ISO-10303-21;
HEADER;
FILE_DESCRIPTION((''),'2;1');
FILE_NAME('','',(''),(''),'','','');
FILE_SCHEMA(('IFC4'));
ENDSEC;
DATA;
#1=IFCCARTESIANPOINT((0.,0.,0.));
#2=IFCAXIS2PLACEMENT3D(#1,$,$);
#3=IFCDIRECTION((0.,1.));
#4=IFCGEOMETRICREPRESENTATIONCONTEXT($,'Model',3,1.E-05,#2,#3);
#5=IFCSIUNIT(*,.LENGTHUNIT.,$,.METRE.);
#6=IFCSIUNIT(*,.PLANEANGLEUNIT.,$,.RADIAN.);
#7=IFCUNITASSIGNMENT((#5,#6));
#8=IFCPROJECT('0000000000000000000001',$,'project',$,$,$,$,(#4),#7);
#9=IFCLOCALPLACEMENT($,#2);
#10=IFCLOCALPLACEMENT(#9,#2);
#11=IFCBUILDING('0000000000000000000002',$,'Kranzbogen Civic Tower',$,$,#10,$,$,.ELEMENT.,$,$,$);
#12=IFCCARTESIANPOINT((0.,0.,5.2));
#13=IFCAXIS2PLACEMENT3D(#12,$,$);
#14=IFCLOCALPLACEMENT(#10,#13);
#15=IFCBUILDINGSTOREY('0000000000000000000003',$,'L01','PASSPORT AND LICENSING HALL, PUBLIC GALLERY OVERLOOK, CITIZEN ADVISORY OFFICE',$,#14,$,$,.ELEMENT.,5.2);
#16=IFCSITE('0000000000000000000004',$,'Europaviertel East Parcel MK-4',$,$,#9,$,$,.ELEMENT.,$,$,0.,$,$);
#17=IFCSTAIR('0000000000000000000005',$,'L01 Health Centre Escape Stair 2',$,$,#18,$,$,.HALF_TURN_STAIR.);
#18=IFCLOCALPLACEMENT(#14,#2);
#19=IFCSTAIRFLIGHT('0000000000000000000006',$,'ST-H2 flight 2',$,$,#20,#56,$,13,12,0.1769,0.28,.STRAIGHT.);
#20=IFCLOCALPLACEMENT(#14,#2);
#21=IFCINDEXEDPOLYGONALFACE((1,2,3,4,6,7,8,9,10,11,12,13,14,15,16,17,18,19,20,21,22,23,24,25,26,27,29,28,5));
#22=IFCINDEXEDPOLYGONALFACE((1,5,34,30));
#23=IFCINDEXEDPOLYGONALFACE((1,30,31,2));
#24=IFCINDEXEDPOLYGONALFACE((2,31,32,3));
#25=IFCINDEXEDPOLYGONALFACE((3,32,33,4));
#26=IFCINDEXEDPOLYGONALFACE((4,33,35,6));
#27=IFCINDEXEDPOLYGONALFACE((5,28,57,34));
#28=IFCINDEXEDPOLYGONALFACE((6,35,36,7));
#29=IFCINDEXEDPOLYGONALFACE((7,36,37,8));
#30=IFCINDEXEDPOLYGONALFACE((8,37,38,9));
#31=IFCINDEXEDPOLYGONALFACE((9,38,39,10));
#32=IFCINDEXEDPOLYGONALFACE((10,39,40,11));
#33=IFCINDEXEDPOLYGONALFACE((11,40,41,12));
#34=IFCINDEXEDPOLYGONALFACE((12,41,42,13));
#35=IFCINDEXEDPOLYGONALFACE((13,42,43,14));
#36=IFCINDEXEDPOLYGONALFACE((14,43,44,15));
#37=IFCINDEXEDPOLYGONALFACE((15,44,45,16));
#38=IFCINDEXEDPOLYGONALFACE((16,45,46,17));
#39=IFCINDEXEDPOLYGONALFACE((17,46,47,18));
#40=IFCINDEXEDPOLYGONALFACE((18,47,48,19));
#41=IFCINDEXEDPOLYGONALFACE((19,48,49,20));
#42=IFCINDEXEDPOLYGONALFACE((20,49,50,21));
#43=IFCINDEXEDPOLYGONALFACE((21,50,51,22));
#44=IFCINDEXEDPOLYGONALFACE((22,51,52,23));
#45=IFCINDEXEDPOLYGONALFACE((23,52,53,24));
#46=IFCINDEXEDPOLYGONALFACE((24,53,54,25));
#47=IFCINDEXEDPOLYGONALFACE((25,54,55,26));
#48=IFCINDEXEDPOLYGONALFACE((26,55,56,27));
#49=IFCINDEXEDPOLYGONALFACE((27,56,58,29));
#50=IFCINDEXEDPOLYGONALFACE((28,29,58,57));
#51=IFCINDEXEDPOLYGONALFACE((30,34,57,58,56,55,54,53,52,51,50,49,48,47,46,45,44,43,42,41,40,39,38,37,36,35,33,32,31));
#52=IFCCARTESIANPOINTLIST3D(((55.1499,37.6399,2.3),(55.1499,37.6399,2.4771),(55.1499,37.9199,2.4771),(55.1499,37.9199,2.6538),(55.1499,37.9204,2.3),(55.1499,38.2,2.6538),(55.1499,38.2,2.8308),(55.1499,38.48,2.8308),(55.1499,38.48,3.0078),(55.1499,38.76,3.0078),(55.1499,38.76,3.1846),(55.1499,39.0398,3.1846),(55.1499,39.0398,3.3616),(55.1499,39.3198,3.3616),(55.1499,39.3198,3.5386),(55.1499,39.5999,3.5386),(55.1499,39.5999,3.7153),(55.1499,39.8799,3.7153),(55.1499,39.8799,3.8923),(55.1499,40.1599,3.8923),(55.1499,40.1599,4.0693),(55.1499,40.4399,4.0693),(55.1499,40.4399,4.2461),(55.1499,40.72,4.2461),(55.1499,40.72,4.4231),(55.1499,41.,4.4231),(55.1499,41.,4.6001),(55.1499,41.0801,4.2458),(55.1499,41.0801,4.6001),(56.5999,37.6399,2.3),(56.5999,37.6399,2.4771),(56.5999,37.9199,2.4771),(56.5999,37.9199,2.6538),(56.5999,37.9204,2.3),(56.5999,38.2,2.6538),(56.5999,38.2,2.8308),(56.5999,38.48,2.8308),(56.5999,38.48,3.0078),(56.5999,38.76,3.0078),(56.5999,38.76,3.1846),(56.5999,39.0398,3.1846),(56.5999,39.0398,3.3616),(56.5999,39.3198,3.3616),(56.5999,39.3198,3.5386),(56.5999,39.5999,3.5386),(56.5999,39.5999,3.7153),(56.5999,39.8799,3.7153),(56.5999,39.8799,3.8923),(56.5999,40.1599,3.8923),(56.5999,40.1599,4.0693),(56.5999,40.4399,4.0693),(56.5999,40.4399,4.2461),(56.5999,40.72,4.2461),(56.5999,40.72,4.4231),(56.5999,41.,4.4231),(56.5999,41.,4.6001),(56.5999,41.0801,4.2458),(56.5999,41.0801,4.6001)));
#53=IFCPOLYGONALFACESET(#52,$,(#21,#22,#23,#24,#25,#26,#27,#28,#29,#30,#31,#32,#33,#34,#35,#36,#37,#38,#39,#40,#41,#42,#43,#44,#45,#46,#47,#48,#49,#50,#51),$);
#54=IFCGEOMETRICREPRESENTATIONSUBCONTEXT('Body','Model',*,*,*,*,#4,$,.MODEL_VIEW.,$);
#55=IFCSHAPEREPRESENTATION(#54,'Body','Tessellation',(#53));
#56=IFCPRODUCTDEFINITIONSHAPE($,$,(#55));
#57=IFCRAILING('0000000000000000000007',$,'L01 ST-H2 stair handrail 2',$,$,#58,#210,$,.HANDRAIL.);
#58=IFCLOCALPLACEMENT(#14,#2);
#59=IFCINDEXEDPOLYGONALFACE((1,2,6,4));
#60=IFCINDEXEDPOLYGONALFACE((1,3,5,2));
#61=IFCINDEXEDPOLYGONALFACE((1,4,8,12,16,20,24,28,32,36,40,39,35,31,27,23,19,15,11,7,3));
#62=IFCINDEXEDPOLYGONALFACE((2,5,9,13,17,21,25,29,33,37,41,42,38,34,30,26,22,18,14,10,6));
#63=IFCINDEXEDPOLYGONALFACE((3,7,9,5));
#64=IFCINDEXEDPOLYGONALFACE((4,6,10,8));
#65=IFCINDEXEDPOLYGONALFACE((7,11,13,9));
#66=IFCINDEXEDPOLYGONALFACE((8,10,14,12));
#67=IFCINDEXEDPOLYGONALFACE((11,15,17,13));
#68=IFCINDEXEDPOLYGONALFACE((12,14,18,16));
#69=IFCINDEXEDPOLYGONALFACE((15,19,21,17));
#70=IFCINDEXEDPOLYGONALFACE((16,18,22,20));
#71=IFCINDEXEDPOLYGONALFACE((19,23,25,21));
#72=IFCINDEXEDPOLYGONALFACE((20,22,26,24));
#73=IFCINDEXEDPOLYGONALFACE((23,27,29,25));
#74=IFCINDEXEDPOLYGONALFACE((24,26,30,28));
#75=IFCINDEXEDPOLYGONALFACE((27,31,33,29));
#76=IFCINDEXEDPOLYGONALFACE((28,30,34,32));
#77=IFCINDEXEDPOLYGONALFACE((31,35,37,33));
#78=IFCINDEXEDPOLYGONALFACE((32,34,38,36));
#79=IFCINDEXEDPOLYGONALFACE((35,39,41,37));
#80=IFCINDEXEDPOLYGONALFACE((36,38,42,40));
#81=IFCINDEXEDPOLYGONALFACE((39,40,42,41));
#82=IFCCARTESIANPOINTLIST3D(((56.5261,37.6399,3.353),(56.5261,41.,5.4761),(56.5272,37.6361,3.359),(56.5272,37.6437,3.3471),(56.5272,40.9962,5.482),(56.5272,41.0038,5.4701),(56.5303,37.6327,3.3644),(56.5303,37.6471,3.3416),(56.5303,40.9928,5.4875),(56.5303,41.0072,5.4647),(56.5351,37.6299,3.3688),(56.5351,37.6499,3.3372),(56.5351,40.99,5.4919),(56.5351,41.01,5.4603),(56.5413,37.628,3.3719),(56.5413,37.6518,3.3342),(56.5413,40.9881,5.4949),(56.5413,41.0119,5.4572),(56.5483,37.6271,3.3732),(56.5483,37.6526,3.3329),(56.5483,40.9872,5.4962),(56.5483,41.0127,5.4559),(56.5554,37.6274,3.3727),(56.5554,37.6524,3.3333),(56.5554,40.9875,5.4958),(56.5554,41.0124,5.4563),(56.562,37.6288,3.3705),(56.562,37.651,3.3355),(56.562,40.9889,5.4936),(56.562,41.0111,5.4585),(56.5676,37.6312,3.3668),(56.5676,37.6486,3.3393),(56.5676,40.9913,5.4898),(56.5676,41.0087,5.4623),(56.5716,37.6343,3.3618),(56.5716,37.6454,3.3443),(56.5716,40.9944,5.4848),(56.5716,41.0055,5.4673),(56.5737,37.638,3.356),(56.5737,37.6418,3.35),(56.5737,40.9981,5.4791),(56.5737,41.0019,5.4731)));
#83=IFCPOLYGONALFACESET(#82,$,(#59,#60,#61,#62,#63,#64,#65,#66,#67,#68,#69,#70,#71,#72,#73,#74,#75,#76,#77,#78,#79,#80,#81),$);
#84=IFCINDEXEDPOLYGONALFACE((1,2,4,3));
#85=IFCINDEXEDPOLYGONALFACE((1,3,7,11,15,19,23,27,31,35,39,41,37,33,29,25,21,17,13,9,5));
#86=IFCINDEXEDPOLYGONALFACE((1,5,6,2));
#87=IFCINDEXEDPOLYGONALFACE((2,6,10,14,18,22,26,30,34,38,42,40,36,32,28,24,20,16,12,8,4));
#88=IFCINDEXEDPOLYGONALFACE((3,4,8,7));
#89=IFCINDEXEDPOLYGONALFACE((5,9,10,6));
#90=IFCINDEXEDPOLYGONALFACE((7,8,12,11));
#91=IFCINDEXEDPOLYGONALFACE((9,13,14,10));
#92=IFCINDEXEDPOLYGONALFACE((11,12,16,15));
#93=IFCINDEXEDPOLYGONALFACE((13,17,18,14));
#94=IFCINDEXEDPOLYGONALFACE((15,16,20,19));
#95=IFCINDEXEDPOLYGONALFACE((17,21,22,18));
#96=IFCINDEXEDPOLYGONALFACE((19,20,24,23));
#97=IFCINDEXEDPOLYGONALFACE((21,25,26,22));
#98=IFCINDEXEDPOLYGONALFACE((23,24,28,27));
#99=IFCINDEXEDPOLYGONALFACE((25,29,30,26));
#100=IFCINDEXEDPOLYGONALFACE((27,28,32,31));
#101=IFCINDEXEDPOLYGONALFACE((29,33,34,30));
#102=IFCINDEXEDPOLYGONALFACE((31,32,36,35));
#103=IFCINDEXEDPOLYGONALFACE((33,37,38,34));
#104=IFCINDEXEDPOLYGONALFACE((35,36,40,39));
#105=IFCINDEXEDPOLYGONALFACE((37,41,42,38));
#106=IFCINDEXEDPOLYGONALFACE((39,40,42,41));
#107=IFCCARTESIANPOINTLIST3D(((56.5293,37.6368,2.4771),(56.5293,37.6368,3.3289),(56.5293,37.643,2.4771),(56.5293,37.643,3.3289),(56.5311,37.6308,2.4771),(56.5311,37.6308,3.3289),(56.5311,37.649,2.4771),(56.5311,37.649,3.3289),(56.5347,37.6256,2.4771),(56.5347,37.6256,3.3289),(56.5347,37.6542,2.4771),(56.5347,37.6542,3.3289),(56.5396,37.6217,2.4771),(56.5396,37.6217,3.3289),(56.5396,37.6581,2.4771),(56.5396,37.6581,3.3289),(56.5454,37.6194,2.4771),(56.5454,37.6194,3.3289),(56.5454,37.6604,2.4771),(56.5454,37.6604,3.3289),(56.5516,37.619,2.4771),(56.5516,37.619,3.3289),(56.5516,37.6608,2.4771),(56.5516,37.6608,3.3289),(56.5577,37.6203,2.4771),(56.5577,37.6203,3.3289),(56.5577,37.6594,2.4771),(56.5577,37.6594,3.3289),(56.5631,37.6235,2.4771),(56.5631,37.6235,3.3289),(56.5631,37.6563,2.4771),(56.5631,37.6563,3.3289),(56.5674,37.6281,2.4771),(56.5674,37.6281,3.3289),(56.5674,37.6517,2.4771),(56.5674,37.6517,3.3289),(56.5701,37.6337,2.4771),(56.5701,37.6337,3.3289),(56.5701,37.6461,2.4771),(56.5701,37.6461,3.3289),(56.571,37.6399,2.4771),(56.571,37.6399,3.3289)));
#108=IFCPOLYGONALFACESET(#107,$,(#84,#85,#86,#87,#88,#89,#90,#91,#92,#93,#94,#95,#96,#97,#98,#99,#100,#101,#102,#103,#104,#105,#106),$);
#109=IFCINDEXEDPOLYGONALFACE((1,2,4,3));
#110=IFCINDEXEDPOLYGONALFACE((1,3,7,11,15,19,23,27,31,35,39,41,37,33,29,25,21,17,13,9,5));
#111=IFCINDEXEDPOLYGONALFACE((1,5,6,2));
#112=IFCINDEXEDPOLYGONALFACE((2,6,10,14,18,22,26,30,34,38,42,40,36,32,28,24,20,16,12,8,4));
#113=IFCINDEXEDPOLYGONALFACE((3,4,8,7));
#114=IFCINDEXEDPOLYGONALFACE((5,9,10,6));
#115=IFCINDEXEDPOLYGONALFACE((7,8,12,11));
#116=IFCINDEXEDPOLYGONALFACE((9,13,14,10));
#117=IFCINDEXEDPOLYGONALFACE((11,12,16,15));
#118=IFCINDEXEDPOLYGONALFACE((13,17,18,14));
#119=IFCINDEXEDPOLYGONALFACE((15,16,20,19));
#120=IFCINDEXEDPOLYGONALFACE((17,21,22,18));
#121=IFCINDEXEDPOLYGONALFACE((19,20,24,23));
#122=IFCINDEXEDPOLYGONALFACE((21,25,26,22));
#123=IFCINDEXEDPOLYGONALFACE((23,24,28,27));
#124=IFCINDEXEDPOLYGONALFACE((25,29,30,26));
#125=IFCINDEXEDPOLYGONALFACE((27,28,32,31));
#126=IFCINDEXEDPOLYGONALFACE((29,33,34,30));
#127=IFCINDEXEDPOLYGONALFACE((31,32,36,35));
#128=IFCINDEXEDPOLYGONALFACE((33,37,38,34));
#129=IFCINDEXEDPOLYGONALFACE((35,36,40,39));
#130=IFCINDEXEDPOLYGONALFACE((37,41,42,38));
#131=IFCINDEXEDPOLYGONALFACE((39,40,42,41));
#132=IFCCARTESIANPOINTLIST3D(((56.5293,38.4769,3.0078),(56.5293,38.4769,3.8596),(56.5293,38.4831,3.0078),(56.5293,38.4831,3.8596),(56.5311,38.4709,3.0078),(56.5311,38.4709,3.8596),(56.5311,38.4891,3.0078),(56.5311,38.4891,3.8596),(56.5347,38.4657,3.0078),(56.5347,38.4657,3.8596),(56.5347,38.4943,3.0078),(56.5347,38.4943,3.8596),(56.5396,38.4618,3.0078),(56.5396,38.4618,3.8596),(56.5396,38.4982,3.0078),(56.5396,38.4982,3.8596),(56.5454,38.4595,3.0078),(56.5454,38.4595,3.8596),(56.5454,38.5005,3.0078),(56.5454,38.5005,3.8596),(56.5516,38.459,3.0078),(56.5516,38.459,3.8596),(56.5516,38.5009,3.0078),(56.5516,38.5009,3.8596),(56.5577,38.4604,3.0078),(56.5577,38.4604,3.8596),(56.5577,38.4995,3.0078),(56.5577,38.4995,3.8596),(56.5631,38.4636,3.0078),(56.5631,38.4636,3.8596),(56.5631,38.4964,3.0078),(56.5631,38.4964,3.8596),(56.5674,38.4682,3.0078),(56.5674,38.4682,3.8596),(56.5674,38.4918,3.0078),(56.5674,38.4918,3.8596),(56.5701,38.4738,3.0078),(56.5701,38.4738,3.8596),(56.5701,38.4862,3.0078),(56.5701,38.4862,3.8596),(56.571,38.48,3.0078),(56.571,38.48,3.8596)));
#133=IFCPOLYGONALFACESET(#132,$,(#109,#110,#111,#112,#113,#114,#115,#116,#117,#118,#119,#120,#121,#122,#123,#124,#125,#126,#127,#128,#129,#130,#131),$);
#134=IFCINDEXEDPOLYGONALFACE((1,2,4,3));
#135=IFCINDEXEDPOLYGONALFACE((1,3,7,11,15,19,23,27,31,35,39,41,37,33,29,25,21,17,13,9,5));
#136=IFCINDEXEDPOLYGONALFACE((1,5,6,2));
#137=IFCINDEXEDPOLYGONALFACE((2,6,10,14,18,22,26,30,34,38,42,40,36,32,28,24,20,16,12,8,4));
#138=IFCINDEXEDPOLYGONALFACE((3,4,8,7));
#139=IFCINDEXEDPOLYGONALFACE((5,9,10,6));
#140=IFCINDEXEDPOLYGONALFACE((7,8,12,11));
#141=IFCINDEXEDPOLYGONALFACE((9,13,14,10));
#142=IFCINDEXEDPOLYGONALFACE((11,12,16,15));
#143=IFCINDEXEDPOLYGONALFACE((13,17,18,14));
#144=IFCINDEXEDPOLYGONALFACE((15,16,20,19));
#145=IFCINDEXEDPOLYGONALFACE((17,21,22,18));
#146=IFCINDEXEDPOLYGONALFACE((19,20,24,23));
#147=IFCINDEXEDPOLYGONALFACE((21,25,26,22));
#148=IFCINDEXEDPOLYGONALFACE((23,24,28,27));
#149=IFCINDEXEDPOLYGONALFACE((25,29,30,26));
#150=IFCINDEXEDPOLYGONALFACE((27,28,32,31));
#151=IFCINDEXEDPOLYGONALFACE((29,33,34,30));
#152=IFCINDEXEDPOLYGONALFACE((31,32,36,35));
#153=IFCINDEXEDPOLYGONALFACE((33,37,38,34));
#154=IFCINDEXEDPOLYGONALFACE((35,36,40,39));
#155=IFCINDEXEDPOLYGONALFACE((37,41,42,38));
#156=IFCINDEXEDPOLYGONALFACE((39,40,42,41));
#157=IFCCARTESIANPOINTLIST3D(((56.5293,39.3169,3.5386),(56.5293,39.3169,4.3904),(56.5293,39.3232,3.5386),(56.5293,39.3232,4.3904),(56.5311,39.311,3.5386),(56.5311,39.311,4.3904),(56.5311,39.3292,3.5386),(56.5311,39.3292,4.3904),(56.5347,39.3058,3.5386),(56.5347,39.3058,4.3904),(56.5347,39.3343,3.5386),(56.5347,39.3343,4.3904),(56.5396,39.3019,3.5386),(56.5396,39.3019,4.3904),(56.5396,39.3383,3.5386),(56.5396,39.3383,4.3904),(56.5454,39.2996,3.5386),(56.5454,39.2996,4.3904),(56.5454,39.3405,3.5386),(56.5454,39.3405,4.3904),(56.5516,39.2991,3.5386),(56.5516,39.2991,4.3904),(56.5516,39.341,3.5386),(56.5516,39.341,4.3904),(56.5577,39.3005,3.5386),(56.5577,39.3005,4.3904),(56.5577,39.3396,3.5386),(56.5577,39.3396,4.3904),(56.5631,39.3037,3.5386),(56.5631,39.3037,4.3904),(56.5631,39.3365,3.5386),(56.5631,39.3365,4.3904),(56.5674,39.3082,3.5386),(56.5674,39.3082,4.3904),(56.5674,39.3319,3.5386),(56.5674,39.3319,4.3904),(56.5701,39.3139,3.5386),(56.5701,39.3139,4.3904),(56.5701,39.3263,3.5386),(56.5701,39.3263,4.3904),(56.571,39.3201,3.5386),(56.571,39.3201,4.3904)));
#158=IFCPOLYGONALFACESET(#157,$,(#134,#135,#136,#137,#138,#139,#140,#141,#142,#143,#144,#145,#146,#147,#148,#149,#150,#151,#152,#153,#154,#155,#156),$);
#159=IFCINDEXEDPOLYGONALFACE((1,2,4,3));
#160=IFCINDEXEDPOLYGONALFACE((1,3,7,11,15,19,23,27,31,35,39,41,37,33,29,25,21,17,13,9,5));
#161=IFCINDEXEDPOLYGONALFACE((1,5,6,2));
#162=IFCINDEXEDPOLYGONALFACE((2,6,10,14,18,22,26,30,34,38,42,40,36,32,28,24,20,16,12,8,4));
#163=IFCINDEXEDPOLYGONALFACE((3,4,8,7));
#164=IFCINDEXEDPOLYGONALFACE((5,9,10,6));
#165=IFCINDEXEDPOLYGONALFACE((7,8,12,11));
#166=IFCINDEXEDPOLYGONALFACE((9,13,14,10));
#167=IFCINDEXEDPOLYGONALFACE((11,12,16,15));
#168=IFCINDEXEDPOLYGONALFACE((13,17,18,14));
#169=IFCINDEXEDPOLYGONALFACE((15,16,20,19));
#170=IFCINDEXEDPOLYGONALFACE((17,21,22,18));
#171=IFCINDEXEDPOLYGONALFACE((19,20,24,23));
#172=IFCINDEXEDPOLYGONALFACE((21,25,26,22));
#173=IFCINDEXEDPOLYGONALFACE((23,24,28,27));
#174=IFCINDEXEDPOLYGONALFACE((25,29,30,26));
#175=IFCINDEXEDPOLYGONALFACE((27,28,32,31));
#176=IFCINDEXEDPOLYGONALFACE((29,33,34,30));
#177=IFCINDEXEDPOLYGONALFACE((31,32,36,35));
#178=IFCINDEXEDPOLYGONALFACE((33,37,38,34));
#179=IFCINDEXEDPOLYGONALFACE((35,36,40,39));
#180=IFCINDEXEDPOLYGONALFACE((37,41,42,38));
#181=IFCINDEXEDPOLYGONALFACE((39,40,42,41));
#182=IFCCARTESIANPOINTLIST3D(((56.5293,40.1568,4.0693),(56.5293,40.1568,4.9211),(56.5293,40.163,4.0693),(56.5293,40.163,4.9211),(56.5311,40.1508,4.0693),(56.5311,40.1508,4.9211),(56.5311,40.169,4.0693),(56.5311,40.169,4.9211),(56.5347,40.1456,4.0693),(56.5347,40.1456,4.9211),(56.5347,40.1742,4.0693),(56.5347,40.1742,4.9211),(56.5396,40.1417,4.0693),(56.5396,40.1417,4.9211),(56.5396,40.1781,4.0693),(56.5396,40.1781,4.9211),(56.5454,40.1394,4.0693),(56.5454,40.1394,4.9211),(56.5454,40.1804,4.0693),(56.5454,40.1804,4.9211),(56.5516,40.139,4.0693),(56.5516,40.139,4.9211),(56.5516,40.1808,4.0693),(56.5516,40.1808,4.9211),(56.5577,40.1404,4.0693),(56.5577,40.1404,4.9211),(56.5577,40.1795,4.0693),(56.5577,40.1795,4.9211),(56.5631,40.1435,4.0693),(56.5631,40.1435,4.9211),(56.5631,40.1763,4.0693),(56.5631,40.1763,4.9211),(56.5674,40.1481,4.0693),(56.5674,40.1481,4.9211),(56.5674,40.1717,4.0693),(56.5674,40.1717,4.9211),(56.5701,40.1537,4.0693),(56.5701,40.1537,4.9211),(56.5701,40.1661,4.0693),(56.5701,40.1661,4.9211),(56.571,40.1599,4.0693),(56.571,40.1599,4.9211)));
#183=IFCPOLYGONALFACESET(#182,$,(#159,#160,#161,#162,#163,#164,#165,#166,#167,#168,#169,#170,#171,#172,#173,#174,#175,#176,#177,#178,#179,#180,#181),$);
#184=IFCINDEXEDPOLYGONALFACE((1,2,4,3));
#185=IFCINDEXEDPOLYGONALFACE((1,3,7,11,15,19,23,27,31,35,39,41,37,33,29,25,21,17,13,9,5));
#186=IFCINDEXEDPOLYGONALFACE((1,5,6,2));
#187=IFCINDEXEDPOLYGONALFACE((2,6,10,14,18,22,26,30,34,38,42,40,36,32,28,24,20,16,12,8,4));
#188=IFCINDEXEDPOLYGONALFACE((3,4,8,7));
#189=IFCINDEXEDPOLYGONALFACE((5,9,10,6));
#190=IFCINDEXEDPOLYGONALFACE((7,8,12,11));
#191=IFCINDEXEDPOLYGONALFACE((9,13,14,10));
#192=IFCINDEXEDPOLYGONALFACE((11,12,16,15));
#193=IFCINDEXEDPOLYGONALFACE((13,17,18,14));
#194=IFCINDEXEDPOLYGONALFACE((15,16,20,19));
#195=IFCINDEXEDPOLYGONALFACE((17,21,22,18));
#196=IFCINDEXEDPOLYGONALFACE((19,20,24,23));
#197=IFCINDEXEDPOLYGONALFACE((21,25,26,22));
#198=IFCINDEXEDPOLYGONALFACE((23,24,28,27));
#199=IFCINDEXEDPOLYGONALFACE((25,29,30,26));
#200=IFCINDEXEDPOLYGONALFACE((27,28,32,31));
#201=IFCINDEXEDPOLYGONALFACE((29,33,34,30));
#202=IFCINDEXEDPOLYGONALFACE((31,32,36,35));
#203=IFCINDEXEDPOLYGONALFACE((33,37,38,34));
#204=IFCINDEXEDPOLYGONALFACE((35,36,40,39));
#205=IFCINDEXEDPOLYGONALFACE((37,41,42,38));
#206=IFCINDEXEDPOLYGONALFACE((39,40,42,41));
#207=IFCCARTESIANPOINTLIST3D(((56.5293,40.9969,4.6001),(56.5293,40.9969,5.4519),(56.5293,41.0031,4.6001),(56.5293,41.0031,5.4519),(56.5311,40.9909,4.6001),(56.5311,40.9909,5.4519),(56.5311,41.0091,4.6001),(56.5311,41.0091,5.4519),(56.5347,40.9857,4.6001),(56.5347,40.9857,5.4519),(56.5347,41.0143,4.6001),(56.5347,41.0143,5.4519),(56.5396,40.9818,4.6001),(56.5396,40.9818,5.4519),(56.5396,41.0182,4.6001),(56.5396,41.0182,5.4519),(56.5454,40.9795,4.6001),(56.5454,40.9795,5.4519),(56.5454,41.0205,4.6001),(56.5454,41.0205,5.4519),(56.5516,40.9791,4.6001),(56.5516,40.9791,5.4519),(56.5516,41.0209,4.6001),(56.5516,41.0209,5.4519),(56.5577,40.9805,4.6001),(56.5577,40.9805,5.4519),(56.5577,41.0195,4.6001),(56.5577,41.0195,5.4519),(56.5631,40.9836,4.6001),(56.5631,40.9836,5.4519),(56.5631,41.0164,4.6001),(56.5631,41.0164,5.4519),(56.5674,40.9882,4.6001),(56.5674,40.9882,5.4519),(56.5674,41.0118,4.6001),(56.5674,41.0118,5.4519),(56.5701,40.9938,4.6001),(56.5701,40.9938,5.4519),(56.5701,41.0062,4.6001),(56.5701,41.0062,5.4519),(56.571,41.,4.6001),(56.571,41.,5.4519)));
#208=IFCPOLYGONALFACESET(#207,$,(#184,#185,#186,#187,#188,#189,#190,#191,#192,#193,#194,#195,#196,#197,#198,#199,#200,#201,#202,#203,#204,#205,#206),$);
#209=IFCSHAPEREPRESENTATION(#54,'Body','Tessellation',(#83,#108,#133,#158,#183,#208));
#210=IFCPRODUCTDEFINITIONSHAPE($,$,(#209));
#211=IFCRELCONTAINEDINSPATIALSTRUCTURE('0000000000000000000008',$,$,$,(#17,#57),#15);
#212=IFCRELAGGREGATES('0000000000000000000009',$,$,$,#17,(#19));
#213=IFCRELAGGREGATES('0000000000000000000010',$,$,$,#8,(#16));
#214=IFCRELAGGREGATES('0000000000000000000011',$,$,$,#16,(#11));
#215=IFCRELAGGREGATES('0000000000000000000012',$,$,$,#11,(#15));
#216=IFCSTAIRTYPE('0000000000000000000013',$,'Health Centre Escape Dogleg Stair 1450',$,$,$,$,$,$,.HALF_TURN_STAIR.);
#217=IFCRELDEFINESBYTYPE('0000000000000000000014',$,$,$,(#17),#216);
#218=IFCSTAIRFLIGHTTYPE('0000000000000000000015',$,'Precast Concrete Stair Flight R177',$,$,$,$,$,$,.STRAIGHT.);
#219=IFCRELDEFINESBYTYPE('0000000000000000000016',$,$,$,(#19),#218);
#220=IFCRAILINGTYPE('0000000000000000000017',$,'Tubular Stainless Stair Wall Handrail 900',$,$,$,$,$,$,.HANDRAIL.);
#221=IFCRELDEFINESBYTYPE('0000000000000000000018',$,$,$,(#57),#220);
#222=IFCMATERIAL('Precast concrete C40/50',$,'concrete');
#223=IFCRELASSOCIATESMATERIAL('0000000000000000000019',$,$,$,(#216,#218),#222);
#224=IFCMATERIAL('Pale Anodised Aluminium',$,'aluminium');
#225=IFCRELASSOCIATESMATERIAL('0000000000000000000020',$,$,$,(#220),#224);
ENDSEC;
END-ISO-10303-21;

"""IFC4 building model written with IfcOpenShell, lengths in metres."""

from ifc_helpers import new_model, si_unit, direction, frame, origin, origin_2d, place, context, subcontext, project, spatial, polyline, circle, outline, extrude, material, type_object, element, aggregate, save


model = new_model("IFC4")

# Units and contexts
model_context = context("Model", 3, precision=1e-05, world=origin(), true_north=direction((0.0, 1.0)))
body_context = subcontext(model_context, "Body", "Model", "MODEL_VIEW")
ifc_project = project(units=[si_unit("LENGTHUNIT", "METRE"), si_unit("PLANEANGLEUNIT", "RADIAN")], contexts=[model_context])

# Site, building, storey
site_placement = place(None, origin())
site = spatial("IfcSite", under=ifc_project, at=site_placement, Name="Europaviertel East Parcel MK-4", CompositionType="ELEMENT", RefElevation=0.0)
building_placement = place(site_placement, origin())
building = spatial("IfcBuilding", under=site, at=building_placement, Name="Kranzbogen Civic Tower", CompositionType="ELEMENT")
storey_placement = place(building_placement, frame((0.0, 0.0, 5.2)))
storey = spatial("IfcBuildingStorey", under=building, at=storey_placement, Name="L01", Description="PASSPORT AND LICENSING HALL, PUBLIC GALLERY OVERLOOK, CITIZEN ADVISORY OFFICE", CompositionType="ELEMENT", Elevation=5.2)

# Shared definitions
ifc_material_1 = material(Name="Pale Anodised Aluminium", Category="aluminium")

# Stair, stair flight
ifc_material_2 = material(Name="Precast concrete C40/50", Category="concrete")
stair_type = type_object("IfcStairType", Name="Health Centre Escape Dogleg Stair 1450", PredefinedType="HALF_TURN_STAIR", material=ifc_material_2)
stair_placement = place(storey_placement, origin())
stair = element("IfcStair", 1, at=stair_placement, inside=storey, type_object=stair_type, Name="L01 Health Centre Escape Stair 2", PredefinedType="HALF_TURN_STAIR")
stair_flight_type = type_object("IfcStairFlightType", Name="Precast Concrete Stair Flight R177", PredefinedType="STRAIGHT", material=ifc_material_2)
stair_flight_placement = place(storey_placement, frame((55.875, 37.6399, 2.3), z_axis=(0.0, 0.0, 1.0), x_axis=(0.0, 1.0, 0.0)))
stair_flight = element("IfcStairFlight", 2, at=stair_flight_placement, type_object=stair_flight_type, Name="ST-H2 flight 2", NumberOfRisers=13, NumberOfTreads=12, PredefinedType="STRAIGHT", RiserHeight=0.1769, TreadLength=0.28, context=body_context, shape_type="SweptSolid", body=[
    extrude(outline(polyline([(0.0, 0.0), (0.0, 0.177), (0.28, 0.177), (0.28, 0.3538), (0.5601, 0.3538), (0.5601, 0.5308), (0.8401, 0.5308), (0.8401, 0.7078), (1.1201, 0.7078), (1.1201, 0.8845), (1.3999, 0.8845), (1.3999, 1.0615), (1.6799, 1.0615), (1.6799, 1.2385), (1.96, 1.2385), (1.96, 1.4153), (2.24, 1.4153), (2.24, 1.5923), (2.52, 1.5923), (2.52, 1.7693), (2.8, 1.7693), (2.8, 1.946), (3.0801, 1.946), (3.0801, 2.123), (3.3601, 2.123), (3.3601, 2.3), (3.4402, 2.3), (3.4402, 1.9458), (0.2805, 0.0), (0.0, 0.0)])), frame((0.0, 0.7251, 0.0), z_axis=(0.0, -1.0, 0.0), x_axis=(1.0, 0.0, 0.0)), (0.0, 0.0, 1.0), 1.45),
])
aggregate(stair, [stair_flight])

# Railing
railing_type = type_object("IfcRailingType", Name="Tubular Stainless Stair Wall Handrail 900", PredefinedType="HANDRAIL", material=ifc_material_1)
railing_placement = place(storey_placement, frame((56.55, 37.6399, 2.4771)))
element("IfcRailing", 3, at=railing_placement, inside=storey, type_object=railing_type, Name="L01 ST-H2 stair handrail 2", PredefinedType="HANDRAIL", context=body_context, shape_type="SweptSolid", body=[
    extrude(circle(Radius=0.0239, at=origin_2d()), frame((0.0, 0.0, 0.876), z_axis=(0.0, 0.84539, 0.53415), x_axis=(-1.0, 0.0, 0.0)), (0.0, 0.0, 1.0), 3.9746),
    extrude(circle(Radius=0.021, at=origin_2d()), origin(), (0.0, 0.0, 1.0), 0.8518),
    extrude(circle(Radius=0.021, at=origin_2d()), frame((0.0, 0.8401, 0.5308)), (0.0, 0.0, 1.0), 0.8518),
    extrude(circle(Radius=0.021, at=origin_2d()), frame((0.0, 1.6802, 1.0615)), (0.0, 0.0, 1.0), 0.8518),
    extrude(circle(Radius=0.021, at=origin_2d()), frame((0.0, 2.52, 1.5923)), (0.0, 0.0, 1.0), 0.8518),
    extrude(circle(Radius=0.021, at=origin_2d()), frame((0.0, 3.3601, 2.123)), (0.0, 0.0, 1.0), 0.8518),
])

save(model, "model.ifc")
